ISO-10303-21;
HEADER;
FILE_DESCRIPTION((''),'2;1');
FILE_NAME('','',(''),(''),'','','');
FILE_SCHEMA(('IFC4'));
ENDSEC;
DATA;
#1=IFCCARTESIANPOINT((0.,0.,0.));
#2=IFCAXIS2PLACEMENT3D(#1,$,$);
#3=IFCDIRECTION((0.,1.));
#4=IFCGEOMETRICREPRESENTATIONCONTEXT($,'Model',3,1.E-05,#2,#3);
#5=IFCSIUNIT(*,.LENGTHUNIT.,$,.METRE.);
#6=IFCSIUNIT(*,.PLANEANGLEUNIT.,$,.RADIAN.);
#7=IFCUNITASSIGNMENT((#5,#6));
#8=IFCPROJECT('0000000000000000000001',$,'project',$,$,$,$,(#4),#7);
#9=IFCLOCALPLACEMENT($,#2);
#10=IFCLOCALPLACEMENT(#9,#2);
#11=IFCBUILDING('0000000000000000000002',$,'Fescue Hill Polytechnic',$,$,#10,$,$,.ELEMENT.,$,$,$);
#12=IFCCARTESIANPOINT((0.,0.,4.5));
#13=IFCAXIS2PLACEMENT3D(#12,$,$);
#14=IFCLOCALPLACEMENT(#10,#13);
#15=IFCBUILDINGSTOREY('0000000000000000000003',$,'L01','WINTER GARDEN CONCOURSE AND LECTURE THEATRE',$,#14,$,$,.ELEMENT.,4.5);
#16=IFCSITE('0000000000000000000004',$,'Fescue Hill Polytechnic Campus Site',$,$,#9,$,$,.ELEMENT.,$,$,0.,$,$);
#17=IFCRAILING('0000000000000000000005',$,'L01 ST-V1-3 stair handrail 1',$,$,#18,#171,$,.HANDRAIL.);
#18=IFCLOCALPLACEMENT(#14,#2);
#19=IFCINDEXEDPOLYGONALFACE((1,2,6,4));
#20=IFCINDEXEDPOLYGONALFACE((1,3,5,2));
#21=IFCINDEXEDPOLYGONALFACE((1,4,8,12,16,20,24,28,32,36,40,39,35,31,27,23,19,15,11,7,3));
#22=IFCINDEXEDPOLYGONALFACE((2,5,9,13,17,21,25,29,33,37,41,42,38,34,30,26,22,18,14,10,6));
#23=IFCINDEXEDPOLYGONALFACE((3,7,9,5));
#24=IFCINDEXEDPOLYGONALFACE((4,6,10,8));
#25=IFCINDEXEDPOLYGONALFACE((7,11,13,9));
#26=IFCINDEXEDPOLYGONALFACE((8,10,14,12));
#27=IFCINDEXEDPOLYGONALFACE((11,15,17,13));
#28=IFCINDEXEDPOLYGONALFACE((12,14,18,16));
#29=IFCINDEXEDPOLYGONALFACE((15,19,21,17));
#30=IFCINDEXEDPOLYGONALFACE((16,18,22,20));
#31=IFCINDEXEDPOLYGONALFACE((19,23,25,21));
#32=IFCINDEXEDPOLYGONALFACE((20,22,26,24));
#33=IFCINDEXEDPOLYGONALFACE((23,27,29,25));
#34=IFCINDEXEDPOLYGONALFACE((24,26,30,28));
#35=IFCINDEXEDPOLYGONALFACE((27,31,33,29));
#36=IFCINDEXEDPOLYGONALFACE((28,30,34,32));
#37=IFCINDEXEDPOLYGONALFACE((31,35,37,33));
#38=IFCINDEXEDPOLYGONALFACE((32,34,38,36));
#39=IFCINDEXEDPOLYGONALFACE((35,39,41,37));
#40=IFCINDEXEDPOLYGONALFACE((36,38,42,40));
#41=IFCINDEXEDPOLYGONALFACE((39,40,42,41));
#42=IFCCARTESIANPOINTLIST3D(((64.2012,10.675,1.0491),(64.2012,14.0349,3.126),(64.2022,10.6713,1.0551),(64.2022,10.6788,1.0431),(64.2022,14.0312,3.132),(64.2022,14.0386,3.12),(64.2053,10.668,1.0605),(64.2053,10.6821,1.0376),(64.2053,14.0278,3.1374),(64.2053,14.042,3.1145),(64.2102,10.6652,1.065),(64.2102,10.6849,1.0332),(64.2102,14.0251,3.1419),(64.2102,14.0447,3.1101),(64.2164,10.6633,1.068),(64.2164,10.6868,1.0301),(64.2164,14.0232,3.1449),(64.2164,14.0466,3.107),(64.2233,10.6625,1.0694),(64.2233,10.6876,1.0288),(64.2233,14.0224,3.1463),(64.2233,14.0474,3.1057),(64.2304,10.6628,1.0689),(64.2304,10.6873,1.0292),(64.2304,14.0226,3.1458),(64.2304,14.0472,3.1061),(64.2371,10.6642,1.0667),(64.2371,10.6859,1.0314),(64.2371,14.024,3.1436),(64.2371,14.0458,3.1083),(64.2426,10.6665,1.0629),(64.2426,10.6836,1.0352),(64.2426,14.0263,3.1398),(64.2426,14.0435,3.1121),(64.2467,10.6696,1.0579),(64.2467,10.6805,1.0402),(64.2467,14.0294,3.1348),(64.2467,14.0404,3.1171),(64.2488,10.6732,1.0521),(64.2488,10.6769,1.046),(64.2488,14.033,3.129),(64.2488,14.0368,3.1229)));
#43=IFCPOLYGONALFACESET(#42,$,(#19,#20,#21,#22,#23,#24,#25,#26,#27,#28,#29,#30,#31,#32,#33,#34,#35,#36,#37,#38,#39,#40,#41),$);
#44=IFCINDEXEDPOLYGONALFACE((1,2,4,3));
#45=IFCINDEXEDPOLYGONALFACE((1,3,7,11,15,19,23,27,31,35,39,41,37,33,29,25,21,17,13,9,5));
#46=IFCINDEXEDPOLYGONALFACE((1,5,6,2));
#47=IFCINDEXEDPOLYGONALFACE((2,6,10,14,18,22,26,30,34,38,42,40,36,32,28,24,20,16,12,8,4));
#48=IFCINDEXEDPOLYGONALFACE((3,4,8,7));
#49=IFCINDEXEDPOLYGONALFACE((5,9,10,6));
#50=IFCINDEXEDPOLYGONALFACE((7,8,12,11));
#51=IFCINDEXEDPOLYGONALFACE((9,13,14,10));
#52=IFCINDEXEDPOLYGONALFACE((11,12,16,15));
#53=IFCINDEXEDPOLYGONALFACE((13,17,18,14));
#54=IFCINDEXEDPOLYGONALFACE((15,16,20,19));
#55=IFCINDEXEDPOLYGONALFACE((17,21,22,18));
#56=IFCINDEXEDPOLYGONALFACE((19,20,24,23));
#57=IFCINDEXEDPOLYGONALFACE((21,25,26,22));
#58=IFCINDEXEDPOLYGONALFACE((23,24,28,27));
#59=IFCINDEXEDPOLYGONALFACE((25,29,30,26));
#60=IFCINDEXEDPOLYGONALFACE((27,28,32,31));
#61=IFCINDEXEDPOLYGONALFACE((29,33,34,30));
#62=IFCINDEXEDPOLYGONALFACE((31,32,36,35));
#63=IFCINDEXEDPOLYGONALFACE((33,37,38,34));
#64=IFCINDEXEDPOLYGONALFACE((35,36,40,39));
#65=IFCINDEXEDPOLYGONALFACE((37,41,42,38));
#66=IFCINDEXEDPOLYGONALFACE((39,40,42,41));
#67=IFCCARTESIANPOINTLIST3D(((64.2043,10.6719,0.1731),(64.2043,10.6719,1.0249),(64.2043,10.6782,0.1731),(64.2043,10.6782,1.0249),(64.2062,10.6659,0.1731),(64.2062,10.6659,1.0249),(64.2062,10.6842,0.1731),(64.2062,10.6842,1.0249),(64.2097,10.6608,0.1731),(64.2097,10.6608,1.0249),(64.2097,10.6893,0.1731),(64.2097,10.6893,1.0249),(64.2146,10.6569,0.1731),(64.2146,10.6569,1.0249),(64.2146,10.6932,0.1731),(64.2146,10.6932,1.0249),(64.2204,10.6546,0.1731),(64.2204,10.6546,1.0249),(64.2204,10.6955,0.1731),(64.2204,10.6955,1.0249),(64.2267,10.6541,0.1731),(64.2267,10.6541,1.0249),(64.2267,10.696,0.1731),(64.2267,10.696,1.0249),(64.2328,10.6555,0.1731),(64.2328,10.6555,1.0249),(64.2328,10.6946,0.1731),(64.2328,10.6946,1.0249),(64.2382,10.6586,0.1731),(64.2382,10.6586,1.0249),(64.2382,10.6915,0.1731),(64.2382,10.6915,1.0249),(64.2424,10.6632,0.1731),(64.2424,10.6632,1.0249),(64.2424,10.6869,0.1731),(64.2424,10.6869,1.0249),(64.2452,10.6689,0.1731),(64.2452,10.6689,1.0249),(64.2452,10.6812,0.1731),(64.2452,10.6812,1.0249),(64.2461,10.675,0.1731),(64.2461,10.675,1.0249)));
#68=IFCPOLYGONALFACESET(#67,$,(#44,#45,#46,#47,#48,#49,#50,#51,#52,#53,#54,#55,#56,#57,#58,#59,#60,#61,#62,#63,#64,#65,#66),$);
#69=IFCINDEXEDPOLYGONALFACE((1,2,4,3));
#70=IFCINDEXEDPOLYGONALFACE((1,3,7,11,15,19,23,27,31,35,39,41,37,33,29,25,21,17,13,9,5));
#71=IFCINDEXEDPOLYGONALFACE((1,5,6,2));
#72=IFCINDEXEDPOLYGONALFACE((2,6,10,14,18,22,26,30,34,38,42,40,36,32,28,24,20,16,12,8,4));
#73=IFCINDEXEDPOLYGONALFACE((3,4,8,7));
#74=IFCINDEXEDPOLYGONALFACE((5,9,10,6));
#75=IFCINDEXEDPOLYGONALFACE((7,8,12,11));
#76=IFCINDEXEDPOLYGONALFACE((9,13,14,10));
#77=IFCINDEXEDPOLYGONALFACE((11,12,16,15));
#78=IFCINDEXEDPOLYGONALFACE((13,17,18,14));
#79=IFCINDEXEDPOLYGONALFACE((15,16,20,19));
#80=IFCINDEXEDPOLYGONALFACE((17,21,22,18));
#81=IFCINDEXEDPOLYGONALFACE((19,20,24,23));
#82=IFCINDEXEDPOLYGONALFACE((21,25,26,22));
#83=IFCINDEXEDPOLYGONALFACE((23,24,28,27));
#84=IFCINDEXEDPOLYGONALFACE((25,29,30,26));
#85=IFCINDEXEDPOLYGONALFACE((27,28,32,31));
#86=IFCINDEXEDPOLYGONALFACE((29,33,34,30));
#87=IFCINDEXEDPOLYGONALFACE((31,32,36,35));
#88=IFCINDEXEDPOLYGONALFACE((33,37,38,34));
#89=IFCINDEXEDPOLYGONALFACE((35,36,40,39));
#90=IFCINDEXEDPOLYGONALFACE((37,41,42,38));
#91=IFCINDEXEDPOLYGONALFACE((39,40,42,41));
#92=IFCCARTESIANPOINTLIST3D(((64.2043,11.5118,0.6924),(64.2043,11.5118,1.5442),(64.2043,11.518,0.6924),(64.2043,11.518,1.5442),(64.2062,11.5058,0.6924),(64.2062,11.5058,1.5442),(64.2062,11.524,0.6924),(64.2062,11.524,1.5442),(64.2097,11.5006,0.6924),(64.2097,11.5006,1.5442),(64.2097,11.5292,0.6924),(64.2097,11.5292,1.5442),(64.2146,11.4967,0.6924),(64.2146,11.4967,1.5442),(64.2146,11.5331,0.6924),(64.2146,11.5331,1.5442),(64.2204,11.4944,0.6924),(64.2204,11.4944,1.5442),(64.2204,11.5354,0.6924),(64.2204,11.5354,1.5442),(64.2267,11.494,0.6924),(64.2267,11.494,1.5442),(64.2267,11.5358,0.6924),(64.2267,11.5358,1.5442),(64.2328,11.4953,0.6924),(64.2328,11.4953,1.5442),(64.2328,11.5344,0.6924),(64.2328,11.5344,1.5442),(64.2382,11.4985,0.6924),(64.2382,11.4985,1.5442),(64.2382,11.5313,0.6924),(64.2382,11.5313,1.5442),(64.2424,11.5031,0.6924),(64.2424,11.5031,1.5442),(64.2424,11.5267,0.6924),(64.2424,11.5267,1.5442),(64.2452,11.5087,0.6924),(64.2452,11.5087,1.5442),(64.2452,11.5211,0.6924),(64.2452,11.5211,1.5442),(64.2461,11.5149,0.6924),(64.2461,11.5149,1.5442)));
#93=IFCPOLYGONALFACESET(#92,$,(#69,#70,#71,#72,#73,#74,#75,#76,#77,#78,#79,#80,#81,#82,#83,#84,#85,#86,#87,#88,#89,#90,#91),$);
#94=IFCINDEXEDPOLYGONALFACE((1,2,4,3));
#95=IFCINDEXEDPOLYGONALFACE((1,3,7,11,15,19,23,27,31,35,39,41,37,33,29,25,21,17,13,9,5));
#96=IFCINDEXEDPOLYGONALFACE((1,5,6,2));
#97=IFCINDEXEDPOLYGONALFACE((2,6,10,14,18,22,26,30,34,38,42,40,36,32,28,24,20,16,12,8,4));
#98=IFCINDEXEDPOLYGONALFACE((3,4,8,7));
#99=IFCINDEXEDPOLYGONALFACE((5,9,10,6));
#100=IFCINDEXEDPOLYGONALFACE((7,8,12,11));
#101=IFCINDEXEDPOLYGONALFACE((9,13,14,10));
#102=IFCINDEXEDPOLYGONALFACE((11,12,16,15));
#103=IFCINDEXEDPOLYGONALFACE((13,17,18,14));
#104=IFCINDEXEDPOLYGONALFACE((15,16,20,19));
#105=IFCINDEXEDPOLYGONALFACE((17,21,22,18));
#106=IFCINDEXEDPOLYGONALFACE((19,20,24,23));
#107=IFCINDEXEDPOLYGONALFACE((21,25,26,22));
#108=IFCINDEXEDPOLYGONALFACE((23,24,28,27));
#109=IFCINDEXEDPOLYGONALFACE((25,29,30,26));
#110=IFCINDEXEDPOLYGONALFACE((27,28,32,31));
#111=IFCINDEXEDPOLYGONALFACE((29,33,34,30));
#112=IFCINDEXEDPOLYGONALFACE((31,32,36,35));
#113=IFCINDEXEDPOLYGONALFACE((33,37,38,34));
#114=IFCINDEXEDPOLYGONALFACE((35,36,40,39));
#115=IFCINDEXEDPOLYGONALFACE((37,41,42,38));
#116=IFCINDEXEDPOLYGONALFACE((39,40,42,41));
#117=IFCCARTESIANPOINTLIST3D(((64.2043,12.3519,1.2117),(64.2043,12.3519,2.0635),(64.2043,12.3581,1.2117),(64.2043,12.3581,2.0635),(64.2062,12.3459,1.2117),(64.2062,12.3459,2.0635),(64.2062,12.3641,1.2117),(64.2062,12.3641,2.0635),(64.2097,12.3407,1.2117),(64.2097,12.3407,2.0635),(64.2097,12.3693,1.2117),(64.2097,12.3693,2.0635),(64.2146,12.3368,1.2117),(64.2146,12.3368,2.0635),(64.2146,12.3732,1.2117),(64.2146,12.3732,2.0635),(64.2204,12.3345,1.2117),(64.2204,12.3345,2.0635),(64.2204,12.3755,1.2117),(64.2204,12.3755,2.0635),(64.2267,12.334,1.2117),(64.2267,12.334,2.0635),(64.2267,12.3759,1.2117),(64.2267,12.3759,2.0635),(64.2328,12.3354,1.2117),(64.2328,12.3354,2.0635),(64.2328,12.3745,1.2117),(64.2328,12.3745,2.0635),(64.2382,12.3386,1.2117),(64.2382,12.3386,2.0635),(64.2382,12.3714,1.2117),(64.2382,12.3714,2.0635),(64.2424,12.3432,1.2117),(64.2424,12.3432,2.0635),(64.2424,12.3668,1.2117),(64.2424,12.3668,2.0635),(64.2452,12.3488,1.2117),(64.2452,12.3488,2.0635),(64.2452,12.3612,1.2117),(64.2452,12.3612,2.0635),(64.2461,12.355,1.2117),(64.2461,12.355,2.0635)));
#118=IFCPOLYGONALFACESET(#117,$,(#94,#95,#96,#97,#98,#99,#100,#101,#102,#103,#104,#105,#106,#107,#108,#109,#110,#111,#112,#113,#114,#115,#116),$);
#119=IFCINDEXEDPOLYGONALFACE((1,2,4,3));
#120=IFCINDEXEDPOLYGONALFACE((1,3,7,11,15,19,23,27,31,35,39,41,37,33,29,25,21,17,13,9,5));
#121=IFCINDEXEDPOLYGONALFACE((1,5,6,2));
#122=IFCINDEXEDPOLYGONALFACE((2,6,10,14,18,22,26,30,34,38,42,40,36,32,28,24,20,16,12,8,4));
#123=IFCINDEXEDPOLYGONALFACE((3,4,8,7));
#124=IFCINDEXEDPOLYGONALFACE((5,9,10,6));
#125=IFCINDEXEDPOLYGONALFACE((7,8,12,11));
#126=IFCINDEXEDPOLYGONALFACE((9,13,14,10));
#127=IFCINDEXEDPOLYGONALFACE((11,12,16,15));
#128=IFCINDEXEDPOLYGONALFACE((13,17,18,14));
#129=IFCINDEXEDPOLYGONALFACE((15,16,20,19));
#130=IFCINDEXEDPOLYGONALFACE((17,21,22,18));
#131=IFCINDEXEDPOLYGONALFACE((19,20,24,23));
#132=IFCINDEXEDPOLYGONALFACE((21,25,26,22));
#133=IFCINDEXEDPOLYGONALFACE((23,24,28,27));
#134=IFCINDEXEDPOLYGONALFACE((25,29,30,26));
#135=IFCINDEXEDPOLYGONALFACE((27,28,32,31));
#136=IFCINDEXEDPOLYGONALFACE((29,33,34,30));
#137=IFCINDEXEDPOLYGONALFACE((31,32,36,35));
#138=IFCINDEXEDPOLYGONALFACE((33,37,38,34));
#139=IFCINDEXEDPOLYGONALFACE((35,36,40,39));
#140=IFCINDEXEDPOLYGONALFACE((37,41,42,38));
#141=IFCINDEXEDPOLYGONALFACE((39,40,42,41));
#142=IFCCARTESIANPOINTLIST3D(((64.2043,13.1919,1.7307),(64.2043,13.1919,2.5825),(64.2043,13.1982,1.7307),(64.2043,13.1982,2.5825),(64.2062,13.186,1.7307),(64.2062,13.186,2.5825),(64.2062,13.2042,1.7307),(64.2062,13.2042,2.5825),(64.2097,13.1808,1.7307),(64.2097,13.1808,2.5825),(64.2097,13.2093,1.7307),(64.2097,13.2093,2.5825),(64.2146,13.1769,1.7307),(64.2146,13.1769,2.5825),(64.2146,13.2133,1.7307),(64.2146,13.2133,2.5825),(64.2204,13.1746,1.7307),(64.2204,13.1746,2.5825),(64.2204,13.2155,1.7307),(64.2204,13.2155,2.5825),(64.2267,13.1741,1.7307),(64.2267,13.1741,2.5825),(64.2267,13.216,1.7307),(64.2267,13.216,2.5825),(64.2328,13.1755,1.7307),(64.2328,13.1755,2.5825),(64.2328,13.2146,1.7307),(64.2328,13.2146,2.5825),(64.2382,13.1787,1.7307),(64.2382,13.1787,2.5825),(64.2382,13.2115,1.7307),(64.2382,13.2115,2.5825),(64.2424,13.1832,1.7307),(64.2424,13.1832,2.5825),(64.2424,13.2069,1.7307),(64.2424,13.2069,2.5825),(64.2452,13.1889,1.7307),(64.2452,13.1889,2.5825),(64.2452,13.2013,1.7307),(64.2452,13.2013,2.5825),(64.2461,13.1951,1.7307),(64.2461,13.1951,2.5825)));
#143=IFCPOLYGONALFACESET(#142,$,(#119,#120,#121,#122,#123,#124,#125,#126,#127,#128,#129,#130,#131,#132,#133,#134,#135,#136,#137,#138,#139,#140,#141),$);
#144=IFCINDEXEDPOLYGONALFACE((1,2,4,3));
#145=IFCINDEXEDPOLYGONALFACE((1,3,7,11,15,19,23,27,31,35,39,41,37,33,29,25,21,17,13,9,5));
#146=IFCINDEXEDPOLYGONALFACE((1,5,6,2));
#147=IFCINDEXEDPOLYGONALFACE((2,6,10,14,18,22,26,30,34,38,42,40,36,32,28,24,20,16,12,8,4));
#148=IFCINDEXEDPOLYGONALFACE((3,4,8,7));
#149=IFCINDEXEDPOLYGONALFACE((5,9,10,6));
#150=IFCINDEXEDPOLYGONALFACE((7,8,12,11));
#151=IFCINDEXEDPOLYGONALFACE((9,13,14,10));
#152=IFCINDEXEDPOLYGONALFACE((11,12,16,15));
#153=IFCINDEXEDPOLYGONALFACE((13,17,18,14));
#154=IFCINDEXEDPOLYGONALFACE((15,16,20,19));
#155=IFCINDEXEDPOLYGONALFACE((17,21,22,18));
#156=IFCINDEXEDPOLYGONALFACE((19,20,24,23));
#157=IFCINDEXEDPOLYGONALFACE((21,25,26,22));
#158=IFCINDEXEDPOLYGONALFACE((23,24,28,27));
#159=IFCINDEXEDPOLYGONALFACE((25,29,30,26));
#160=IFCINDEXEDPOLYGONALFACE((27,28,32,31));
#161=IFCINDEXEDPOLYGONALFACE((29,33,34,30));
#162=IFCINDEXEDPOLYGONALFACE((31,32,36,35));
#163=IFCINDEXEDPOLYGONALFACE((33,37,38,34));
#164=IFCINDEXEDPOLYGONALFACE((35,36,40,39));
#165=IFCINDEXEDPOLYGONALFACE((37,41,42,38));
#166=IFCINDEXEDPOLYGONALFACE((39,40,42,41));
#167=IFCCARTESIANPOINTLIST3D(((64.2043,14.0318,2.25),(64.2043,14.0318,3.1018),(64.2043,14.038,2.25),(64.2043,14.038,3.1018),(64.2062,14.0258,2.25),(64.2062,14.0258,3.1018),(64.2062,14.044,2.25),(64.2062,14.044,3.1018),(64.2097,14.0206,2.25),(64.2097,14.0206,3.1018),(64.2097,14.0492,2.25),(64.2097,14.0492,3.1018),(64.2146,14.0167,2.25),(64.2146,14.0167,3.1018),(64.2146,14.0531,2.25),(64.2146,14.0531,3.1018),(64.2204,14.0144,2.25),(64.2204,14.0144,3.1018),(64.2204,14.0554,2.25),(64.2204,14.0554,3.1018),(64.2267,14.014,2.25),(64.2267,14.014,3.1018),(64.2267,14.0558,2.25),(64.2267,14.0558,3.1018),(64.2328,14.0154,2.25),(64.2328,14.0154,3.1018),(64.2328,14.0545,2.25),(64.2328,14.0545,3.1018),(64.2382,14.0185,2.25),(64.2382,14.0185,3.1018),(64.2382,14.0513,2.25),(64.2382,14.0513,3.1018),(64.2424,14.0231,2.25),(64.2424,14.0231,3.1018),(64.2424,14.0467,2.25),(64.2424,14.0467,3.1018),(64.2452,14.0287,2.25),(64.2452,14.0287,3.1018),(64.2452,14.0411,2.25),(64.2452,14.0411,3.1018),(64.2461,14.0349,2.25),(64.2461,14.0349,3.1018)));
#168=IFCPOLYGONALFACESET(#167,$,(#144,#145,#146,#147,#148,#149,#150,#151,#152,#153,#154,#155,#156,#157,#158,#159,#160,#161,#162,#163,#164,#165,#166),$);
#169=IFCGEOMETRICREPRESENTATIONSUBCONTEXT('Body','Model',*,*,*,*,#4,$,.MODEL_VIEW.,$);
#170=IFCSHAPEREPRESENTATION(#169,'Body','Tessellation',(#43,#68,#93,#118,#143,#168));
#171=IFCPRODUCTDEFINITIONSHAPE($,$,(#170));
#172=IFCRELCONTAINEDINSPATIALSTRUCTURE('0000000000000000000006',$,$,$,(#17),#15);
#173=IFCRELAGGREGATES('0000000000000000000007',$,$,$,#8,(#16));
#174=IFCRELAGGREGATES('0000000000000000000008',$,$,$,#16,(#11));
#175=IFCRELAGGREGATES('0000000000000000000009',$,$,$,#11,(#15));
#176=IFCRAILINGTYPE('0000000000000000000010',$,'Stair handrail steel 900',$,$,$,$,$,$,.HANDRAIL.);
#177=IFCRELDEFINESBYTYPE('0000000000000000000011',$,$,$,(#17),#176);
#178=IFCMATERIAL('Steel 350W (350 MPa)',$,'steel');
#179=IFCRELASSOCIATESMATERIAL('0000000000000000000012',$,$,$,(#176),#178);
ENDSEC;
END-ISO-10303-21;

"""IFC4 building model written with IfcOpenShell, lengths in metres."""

from ifc_helpers import new_model, si_unit, direction, frame, origin, origin_2d, place, context, subcontext, project, spatial, circle, extrude, material, type_object, element, save


model = new_model("IFC4")

# Units and contexts
model_context = context("Model", 3, precision=1e-05, world=origin(), true_north=direction((0.0, 1.0)))
body_context = subcontext(model_context, "Body", "Model", "MODEL_VIEW")
ifc_project = project(units=[si_unit("LENGTHUNIT", "METRE"), si_unit("PLANEANGLEUNIT", "RADIAN")], contexts=[model_context])

# Site, building, storey
site_placement = place(None, origin())
site = spatial("IfcSite", under=ifc_project, at=site_placement, Name="Fescue Hill Polytechnic Campus Site", CompositionType="ELEMENT", RefElevation=0.0)
building_placement = place(site_placement, origin())
building = spatial("IfcBuilding", under=site, at=building_placement, Name="Fescue Hill Polytechnic", CompositionType="ELEMENT")
storey_placement = place(building_placement, frame((0.0, 0.0, 4.5)))
storey = spatial("IfcBuildingStorey", under=building, at=storey_placement, Name="L01", Description="WINTER GARDEN CONCOURSE AND LECTURE THEATRE", CompositionType="ELEMENT", Elevation=4.5)

# Railing
ifc_material_1 = material(Name="Steel 350W (350 MPa)", Category="steel")
railing_type_1 = type_object("IfcRailingType", Name="Stair handrail steel 900", PredefinedType="HANDRAIL", material=ifc_material_1)
for number, where, name in (
    (1, (64.2251, 10.675, 0.1731), "L01 ST-V1-3 stair handrail 1"),
):
    element("IfcRailing", number, at=place(storey_placement, frame(where)), inside=storey, type_object=railing_type_1, Name=name, PredefinedType="HANDRAIL", context=body_context, shape_type="SweptSolid", body=[
        extrude(circle(Radius=0.0239, at=origin_2d()), frame((0.0, 0.0, 0.876), z_axis=(0.0, 0.850606, 0.525803), x_axis=(-1.0, 0.0, 0.0)), (0.0, 0.0, 1.0), 3.95),
        extrude(circle(Radius=0.021, at=origin_2d()), origin(), (0.0, 0.0, 1.0), 0.8518),
        extrude(circle(Radius=0.021, at=origin_2d()), frame((0.0, 0.8398, 0.5193)), (0.0, 0.0, 1.0), 0.8518),
        extrude(circle(Radius=0.021, at=origin_2d()), frame((0.0, 1.6799, 1.0386)), (0.0, 0.0, 1.0), 0.8518),
        extrude(circle(Radius=0.021, at=origin_2d()), frame((0.0, 2.52, 1.5576)), (0.0, 0.0, 1.0), 0.8518),
        extrude(circle(Radius=0.021, at=origin_2d()), frame((0.0, 3.3599, 2.0769)), (0.0, 0.0, 1.0), 0.8518),
    ])

save(model, "model.ifc")
